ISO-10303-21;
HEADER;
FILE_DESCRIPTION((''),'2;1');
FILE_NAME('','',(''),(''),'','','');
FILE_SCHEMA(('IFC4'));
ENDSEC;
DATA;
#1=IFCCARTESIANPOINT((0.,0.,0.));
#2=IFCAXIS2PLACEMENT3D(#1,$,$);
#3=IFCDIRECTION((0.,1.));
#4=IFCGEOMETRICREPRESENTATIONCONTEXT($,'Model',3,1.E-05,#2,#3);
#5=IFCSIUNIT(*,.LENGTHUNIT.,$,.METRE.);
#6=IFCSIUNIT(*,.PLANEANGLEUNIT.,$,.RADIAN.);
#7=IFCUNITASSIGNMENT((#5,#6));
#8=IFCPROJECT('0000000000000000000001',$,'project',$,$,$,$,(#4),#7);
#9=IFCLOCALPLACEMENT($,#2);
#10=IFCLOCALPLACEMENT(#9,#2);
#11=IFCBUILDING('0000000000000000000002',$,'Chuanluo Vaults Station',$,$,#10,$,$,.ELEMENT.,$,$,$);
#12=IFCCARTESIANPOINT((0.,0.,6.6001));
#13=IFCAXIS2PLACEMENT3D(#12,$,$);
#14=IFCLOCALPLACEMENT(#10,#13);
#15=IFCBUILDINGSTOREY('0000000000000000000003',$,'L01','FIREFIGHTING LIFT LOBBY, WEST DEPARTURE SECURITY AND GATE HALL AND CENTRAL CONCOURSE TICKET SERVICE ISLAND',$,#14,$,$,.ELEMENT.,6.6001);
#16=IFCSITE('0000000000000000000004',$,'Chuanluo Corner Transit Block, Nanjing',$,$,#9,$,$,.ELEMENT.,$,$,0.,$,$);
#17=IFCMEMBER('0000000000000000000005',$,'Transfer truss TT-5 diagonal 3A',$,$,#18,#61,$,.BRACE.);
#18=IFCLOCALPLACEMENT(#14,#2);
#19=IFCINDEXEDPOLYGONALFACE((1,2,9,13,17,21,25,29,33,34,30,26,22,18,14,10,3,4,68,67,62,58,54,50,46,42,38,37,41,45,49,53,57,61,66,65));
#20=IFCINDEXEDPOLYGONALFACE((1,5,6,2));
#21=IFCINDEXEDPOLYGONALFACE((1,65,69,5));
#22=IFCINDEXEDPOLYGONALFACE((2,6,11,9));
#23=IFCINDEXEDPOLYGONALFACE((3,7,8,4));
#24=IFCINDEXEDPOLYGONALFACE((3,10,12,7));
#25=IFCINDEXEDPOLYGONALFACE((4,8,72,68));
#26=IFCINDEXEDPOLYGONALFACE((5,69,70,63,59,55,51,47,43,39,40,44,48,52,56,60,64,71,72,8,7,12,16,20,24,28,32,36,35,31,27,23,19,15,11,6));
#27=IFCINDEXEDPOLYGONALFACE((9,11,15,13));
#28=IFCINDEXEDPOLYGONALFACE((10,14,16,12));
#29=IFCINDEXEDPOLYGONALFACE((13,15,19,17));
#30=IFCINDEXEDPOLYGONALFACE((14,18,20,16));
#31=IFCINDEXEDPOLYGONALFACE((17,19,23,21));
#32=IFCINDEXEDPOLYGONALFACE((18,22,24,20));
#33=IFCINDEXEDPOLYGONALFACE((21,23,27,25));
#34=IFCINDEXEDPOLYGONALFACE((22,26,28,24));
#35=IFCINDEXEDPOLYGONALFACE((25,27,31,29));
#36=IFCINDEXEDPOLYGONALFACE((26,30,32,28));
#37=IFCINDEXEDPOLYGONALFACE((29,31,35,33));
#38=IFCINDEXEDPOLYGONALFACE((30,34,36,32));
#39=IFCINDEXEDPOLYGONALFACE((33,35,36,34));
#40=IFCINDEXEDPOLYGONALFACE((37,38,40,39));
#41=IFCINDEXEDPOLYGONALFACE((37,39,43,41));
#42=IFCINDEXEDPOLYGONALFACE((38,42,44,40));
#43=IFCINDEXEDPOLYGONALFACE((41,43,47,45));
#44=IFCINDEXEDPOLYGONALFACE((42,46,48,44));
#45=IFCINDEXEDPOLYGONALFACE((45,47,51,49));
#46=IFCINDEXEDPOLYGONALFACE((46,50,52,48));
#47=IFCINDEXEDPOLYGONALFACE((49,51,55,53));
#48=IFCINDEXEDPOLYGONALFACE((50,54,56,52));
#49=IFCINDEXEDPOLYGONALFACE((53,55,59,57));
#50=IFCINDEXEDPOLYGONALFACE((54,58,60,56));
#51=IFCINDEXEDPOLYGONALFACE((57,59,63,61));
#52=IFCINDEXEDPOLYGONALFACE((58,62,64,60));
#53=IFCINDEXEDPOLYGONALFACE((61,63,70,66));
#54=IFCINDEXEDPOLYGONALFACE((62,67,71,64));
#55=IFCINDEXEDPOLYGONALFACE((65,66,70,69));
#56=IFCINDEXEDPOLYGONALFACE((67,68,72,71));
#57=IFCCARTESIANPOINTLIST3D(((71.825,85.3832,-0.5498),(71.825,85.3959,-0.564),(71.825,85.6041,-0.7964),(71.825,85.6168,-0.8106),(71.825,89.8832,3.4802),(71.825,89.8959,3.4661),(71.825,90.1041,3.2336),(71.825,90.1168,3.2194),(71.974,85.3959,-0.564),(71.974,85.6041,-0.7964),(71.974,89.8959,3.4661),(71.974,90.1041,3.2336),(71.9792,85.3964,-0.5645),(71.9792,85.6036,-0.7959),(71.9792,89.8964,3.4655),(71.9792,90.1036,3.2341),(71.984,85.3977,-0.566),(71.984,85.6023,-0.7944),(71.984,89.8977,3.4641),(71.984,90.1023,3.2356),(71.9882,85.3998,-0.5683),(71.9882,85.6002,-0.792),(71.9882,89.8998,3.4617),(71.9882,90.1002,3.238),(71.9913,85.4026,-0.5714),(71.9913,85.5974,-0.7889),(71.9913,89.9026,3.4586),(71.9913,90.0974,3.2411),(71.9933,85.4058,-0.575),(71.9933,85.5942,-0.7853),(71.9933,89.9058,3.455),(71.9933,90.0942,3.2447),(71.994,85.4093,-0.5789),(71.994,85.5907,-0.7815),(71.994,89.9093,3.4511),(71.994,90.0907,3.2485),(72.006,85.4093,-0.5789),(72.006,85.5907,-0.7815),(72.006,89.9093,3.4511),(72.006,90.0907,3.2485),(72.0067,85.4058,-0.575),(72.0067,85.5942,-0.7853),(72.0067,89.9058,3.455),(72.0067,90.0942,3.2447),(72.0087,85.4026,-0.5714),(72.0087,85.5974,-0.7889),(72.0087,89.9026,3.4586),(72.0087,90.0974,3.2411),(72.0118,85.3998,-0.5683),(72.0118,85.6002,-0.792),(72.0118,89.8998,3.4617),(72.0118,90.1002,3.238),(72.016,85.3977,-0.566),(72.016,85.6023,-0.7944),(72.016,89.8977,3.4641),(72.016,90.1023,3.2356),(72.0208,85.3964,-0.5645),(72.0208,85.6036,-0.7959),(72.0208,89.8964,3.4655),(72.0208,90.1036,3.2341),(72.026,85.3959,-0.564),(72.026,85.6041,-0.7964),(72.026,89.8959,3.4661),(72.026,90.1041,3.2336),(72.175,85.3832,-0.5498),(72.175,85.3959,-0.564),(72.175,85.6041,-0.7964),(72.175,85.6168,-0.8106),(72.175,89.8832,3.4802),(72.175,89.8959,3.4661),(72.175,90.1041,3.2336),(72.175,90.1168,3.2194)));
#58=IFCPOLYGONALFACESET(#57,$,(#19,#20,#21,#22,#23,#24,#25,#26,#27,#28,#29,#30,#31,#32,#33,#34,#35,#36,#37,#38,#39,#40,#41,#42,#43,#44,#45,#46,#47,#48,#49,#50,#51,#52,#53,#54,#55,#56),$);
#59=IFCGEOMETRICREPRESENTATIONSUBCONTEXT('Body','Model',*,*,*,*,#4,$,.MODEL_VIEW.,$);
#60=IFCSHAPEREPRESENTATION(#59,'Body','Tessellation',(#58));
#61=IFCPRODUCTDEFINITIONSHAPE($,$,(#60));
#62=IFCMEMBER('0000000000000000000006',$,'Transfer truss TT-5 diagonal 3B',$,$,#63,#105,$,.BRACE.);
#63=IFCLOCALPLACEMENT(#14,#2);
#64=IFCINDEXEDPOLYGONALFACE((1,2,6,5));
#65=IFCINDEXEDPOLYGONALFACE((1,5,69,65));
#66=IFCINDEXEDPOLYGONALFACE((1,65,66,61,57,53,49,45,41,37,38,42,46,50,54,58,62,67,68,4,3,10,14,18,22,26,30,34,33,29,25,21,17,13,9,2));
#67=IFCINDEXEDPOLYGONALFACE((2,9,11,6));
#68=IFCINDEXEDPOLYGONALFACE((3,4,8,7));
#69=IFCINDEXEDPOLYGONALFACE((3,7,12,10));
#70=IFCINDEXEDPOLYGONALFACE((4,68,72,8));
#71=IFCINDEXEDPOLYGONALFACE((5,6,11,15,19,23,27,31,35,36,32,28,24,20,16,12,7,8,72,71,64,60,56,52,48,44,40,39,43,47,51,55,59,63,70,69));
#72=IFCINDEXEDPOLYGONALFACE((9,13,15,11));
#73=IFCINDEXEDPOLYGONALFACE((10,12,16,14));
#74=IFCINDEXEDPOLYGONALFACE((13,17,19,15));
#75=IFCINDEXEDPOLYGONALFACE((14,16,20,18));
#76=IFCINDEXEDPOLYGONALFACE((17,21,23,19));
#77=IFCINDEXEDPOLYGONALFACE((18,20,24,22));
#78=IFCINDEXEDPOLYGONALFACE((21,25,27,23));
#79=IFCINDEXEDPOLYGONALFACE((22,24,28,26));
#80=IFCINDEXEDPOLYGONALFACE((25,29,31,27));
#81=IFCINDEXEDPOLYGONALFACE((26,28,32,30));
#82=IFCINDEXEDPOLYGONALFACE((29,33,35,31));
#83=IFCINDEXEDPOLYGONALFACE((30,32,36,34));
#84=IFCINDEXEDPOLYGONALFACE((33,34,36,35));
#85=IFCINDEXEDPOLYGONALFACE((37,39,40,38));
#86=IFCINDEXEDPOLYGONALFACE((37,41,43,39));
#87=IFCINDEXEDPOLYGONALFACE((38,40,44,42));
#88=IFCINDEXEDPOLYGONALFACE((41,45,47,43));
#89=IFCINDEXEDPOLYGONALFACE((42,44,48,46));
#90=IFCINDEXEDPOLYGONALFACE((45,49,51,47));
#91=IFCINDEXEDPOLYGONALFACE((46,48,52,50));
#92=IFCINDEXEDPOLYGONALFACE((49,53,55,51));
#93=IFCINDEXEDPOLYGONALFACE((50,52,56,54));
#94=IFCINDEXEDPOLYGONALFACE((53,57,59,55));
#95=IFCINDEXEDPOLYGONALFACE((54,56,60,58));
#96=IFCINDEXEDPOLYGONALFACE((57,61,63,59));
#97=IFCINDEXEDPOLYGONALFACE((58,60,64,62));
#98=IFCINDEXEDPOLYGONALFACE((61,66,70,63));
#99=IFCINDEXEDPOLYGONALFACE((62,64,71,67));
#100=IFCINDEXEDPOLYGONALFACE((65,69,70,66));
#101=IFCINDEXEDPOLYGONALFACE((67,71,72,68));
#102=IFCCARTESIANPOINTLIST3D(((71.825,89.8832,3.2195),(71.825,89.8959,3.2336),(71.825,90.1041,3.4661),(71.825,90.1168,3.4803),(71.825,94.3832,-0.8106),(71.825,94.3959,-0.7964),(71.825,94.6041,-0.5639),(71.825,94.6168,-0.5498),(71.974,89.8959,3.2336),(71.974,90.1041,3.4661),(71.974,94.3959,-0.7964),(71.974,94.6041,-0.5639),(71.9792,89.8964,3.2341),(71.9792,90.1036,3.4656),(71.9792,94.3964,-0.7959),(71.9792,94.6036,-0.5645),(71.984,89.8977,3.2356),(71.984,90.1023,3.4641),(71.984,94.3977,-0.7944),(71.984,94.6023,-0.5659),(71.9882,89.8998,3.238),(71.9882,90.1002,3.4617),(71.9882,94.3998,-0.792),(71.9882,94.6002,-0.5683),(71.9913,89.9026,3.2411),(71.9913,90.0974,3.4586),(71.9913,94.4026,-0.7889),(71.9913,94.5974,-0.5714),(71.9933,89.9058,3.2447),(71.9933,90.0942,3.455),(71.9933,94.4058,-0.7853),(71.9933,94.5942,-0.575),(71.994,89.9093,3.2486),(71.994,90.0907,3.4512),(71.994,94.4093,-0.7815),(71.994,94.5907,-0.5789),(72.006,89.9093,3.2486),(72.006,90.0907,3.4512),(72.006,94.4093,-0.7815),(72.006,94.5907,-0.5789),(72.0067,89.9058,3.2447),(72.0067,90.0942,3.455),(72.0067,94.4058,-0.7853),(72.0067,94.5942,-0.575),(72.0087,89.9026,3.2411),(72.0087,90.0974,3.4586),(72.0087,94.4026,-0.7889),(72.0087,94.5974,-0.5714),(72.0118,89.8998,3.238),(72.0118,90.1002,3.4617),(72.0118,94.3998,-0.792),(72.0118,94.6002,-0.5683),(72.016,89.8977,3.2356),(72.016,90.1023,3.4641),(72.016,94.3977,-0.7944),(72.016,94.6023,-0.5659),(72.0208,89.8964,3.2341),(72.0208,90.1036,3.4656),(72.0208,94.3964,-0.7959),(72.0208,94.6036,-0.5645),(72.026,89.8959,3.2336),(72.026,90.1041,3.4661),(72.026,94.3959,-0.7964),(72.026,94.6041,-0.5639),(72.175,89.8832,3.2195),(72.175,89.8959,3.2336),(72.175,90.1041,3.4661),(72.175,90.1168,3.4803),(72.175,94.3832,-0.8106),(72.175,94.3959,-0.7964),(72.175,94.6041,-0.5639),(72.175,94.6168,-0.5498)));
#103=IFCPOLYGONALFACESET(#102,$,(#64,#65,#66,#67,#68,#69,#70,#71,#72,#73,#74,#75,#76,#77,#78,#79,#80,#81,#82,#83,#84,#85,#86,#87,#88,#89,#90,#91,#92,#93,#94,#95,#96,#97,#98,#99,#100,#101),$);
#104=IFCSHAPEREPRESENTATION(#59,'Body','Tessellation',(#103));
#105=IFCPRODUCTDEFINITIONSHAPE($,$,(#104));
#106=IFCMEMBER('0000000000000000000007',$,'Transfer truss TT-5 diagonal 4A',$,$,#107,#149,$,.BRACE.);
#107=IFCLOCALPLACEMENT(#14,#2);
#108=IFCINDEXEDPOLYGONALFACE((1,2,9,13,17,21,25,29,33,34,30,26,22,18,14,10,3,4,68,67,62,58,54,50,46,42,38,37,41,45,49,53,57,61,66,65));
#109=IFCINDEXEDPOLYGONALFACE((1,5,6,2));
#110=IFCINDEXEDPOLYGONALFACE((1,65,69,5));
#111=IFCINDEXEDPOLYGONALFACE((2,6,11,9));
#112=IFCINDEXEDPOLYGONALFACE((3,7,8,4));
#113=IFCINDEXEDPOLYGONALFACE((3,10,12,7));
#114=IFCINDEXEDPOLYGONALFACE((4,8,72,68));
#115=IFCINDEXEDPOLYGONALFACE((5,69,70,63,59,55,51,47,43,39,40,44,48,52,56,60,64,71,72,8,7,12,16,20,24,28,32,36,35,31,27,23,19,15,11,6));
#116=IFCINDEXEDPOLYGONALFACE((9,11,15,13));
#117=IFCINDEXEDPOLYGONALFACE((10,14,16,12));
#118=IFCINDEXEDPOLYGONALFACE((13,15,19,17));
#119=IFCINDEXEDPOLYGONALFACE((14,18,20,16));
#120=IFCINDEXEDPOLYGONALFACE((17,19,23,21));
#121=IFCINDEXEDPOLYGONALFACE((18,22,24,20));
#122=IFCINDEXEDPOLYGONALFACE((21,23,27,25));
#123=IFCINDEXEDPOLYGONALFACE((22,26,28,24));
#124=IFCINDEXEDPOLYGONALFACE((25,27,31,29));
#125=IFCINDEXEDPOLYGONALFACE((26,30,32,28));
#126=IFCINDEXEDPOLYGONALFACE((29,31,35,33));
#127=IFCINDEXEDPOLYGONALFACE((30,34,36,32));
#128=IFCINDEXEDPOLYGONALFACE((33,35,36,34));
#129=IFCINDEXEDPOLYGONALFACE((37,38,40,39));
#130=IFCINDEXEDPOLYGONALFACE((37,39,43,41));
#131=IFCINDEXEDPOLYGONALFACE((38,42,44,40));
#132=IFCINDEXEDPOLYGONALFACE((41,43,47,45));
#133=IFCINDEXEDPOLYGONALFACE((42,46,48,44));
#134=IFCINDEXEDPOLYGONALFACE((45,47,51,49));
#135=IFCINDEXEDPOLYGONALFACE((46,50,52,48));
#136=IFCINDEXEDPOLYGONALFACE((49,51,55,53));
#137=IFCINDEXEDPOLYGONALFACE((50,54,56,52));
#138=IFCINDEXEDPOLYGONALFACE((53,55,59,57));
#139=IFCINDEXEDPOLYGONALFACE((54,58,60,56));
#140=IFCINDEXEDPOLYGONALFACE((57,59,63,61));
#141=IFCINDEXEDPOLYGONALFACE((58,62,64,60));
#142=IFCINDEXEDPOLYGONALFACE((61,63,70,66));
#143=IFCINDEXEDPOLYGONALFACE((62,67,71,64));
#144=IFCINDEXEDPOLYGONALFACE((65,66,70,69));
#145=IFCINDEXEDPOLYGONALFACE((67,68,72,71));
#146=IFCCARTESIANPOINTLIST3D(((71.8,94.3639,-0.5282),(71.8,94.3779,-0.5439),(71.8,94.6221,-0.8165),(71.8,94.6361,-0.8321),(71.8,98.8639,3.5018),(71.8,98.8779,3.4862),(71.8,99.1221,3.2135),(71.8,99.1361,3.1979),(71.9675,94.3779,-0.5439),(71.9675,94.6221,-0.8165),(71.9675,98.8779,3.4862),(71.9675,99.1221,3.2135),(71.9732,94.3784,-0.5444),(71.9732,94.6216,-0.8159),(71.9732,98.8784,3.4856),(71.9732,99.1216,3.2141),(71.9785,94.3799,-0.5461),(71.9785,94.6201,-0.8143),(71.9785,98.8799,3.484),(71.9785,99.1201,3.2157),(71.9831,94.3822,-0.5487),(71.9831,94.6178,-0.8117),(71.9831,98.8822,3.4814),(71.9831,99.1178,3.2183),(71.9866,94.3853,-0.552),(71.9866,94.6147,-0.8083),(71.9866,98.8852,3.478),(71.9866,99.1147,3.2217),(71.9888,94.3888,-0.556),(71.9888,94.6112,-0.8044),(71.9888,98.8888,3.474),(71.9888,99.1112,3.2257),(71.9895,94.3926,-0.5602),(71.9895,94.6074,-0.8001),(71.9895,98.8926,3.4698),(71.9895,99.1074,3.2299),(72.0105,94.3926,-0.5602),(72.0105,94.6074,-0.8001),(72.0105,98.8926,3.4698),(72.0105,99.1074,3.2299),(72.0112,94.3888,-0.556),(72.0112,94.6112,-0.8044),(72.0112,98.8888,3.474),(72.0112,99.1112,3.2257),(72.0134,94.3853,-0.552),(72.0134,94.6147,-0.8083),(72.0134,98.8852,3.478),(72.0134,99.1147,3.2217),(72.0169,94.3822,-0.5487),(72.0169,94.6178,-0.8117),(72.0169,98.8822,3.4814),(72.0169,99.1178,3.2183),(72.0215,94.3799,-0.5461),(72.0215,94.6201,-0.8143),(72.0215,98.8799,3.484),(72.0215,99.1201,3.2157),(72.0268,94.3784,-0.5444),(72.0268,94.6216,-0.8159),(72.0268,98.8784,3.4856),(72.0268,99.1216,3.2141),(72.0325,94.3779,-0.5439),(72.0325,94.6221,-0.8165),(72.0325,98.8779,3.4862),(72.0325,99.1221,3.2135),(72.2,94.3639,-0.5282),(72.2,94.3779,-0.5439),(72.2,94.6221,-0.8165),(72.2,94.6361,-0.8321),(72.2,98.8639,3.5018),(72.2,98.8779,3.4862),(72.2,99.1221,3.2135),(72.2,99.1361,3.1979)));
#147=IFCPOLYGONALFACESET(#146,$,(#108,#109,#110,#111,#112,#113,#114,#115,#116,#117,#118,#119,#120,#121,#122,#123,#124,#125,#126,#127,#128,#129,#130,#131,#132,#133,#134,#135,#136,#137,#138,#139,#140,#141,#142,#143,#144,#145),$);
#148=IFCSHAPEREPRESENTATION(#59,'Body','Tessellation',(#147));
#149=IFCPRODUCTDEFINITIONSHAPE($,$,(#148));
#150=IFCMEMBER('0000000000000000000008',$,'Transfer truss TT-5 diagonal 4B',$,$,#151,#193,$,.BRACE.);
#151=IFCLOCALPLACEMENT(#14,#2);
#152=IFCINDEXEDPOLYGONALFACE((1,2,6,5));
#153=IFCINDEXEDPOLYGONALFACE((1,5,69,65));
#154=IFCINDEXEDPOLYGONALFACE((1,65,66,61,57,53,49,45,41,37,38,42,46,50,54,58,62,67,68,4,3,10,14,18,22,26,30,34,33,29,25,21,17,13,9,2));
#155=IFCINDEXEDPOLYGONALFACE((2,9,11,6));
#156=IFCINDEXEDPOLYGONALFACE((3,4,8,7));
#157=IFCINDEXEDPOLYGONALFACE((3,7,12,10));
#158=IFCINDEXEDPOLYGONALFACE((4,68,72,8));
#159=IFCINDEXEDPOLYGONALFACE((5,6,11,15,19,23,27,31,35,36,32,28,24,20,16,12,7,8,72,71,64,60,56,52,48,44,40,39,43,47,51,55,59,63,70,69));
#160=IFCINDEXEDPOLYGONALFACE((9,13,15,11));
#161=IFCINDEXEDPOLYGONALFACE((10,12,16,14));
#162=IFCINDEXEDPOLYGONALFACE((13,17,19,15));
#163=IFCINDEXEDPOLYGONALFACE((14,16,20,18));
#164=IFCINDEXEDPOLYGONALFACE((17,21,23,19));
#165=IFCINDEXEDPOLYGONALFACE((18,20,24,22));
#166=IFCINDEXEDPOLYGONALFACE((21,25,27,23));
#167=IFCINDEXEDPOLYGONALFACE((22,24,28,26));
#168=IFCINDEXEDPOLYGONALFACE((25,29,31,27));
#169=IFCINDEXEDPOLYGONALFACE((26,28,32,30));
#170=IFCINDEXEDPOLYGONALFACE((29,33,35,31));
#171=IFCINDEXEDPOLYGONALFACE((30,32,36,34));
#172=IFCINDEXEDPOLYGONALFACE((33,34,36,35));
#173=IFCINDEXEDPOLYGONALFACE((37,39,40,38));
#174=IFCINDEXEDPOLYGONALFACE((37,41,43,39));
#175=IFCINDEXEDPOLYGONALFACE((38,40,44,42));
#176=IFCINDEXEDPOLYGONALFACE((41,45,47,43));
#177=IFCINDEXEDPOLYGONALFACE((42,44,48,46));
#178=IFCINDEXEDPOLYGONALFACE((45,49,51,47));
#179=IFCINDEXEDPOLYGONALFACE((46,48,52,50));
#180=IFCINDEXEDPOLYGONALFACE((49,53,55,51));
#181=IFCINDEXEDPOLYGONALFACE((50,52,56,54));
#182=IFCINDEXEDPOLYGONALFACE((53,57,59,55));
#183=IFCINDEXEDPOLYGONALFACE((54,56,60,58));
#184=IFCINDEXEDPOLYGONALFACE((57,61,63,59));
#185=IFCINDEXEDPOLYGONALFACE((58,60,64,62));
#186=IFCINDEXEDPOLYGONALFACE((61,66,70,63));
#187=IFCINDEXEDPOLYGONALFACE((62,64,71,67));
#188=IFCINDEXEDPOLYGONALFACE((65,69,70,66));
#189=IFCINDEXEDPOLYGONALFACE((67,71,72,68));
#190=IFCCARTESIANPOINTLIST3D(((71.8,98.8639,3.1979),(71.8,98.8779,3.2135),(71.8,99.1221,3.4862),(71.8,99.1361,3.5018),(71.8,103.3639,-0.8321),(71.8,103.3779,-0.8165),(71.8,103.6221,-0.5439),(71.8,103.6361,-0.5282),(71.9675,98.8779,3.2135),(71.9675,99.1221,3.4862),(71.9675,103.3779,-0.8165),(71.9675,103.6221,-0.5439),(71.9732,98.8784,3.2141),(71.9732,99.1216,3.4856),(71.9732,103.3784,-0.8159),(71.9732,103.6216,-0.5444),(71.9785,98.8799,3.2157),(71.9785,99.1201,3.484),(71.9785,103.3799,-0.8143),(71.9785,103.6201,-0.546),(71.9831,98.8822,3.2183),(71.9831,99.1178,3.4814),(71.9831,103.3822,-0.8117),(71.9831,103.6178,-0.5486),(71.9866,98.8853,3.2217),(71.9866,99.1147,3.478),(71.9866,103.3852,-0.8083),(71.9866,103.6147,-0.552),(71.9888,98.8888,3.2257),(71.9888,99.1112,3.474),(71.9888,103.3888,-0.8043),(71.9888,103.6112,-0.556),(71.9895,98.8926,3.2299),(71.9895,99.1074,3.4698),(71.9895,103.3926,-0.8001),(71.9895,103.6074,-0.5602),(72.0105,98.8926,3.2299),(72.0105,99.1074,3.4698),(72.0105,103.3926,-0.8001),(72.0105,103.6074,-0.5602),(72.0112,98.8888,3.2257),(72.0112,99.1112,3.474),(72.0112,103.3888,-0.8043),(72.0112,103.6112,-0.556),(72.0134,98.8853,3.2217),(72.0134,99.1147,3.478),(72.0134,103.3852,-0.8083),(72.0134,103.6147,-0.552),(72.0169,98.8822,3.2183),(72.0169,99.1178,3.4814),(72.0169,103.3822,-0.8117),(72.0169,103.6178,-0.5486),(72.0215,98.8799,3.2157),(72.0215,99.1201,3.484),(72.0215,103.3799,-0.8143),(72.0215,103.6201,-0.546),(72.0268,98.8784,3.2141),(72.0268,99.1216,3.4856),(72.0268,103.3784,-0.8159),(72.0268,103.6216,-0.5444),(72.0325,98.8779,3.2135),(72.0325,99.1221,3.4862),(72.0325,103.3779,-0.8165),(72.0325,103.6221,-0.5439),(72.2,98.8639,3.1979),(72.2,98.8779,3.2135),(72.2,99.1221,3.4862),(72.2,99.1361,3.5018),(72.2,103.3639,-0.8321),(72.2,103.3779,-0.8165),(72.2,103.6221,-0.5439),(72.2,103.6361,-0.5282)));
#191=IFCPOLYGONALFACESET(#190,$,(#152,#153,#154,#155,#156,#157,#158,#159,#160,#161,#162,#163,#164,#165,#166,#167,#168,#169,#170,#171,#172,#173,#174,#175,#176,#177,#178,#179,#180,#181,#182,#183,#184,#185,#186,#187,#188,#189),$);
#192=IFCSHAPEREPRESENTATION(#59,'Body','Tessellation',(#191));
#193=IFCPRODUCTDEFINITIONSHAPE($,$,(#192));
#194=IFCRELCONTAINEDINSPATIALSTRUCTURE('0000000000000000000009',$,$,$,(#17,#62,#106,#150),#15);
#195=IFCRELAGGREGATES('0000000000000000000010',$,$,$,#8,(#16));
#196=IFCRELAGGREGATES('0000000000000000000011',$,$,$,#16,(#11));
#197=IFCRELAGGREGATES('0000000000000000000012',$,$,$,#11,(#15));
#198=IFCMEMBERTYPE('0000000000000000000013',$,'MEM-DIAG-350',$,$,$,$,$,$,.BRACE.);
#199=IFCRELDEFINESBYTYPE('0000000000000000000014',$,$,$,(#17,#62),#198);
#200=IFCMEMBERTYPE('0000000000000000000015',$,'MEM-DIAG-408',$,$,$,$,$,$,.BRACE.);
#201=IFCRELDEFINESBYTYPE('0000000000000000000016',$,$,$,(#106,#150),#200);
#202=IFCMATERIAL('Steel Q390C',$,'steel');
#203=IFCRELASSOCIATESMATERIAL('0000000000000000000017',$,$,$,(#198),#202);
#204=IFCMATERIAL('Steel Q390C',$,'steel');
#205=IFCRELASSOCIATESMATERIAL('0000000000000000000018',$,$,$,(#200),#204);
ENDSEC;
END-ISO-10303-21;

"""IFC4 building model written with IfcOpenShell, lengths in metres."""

from ifc_helpers import new_model, si_unit, direction, frame, origin, origin_2d, place, context, subcontext, project, spatial, i_section, extrude, material, material_profile, profile_set, type_object, element, save


model = new_model("IFC4")

# Units and contexts
model_context = context("Model", 3, precision=1e-05, world=origin(), true_north=direction((0.0, 1.0)))
body_context = subcontext(model_context, "Body", "Model", "MODEL_VIEW")
ifc_project = project(units=[si_unit("LENGTHUNIT", "METRE"), si_unit("PLANEANGLEUNIT", "RADIAN")], contexts=[model_context])

# Site, building, storey
site_placement = place(None, origin())
site = spatial("IfcSite", under=ifc_project, at=site_placement, Name="Chuanluo Corner Transit Block, Nanjing", CompositionType="ELEMENT", RefElevation=0.0)
building_placement = place(site_placement, origin())
building = spatial("IfcBuilding", under=site, at=building_placement, Name="Chuanluo Vaults Station", CompositionType="ELEMENT")
storey_placement = place(building_placement, frame((0.0, 0.0, 6.6001)))
storey = spatial("IfcBuildingStorey", under=building, at=storey_placement, Name="L01", Description="FIREFIGHTING LIFT LOBBY, WEST DEPARTURE SECURITY AND GATE HALL AND CENTRAL CONCOURSE TICKET SERVICE ISLAND", CompositionType="ELEMENT", Elevation=6.6001)

# Members
ifc_material_1 = material(Name="Steel Q390C", Category="steel")
ifc_material_profile_1 = material_profile(ifc_material_1, i_section(OverallWidth=0.3501, OverallDepth=0.3501, WebThickness=0.012, FlangeThickness=0.019, FilletRadius=0.02, at=origin_2d()))
ifc_profile_set_1 = profile_set([ifc_material_profile_1], Name="Steel Q390C")
member_type_1 = type_object("IfcMemberType", Name="MEM-DIAG-350", PredefinedType="BRACE", material=ifc_profile_set_1)
for number, where, z_axis, x_axis, name in (
    (1, (72.0, 85.5, -0.6802), (0.0, 0.744936, 0.667136), (-1.0, 0.0, 0.0), "Transfer truss TT-5 diagonal 3A"),
    (2, (72.0, 90.0, 3.3499), (0.0, 0.744936, -0.667136), (-1.0, 0.0, 0.0), "Transfer truss TT-5 diagonal 3B"),
):
    element("IfcMember", number, at=place(storey_placement, frame(where, z_axis=z_axis, x_axis=x_axis)), inside=storey, type_object=member_type_1, Name=name, PredefinedType="BRACE", context=body_context, shape_type="SweptSolid", body=[
        extrude(i_section(OverallWidth=0.3501, OverallDepth=0.3501, WebThickness=0.012, FlangeThickness=0.019, FilletRadius=0.02, at=origin_2d()), origin(), (0.0, 0.0, 1.0), 6.0408),
    ])
ifc_material_2 = material(Name="Steel Q390C", Category="steel")
ifc_material_profile_2 = material_profile(ifc_material_2, i_section(OverallWidth=0.3999, OverallDepth=0.408, WebThickness=0.021, FlangeThickness=0.021, FilletRadius=0.022, at=origin_2d()))
ifc_profile_set_2 = profile_set([ifc_material_profile_2], Name="Steel Q390C")
member_type_2 = type_object("IfcMemberType", Name="MEM-DIAG-408", PredefinedType="BRACE", material=ifc_profile_set_2)
for number, where, z_axis, x_axis, name in (
    (3, (72.0, 94.5, -0.6802), (0.0, 0.744936, 0.667136), (-1.0, 0.0, 0.0), "Transfer truss TT-5 diagonal 4A"),
    (4, (72.0, 99.0, 3.3499), (0.0, 0.744936, -0.667136), (-1.0, 0.0, 0.0), "Transfer truss TT-5 diagonal 4B"),
):
    element("IfcMember", number, at=place(storey_placement, frame(where, z_axis=z_axis, x_axis=x_axis)), inside=storey, type_object=member_type_2, Name=name, PredefinedType="BRACE", context=body_context, shape_type="SweptSolid", body=[
        extrude(i_section(OverallWidth=0.3999, OverallDepth=0.408, WebThickness=0.021, FlangeThickness=0.021, FilletRadius=0.022, at=origin_2d()), origin(), (0.0, 0.0, 1.0), 6.0408),
    ])

save(model, "model.ifc")
